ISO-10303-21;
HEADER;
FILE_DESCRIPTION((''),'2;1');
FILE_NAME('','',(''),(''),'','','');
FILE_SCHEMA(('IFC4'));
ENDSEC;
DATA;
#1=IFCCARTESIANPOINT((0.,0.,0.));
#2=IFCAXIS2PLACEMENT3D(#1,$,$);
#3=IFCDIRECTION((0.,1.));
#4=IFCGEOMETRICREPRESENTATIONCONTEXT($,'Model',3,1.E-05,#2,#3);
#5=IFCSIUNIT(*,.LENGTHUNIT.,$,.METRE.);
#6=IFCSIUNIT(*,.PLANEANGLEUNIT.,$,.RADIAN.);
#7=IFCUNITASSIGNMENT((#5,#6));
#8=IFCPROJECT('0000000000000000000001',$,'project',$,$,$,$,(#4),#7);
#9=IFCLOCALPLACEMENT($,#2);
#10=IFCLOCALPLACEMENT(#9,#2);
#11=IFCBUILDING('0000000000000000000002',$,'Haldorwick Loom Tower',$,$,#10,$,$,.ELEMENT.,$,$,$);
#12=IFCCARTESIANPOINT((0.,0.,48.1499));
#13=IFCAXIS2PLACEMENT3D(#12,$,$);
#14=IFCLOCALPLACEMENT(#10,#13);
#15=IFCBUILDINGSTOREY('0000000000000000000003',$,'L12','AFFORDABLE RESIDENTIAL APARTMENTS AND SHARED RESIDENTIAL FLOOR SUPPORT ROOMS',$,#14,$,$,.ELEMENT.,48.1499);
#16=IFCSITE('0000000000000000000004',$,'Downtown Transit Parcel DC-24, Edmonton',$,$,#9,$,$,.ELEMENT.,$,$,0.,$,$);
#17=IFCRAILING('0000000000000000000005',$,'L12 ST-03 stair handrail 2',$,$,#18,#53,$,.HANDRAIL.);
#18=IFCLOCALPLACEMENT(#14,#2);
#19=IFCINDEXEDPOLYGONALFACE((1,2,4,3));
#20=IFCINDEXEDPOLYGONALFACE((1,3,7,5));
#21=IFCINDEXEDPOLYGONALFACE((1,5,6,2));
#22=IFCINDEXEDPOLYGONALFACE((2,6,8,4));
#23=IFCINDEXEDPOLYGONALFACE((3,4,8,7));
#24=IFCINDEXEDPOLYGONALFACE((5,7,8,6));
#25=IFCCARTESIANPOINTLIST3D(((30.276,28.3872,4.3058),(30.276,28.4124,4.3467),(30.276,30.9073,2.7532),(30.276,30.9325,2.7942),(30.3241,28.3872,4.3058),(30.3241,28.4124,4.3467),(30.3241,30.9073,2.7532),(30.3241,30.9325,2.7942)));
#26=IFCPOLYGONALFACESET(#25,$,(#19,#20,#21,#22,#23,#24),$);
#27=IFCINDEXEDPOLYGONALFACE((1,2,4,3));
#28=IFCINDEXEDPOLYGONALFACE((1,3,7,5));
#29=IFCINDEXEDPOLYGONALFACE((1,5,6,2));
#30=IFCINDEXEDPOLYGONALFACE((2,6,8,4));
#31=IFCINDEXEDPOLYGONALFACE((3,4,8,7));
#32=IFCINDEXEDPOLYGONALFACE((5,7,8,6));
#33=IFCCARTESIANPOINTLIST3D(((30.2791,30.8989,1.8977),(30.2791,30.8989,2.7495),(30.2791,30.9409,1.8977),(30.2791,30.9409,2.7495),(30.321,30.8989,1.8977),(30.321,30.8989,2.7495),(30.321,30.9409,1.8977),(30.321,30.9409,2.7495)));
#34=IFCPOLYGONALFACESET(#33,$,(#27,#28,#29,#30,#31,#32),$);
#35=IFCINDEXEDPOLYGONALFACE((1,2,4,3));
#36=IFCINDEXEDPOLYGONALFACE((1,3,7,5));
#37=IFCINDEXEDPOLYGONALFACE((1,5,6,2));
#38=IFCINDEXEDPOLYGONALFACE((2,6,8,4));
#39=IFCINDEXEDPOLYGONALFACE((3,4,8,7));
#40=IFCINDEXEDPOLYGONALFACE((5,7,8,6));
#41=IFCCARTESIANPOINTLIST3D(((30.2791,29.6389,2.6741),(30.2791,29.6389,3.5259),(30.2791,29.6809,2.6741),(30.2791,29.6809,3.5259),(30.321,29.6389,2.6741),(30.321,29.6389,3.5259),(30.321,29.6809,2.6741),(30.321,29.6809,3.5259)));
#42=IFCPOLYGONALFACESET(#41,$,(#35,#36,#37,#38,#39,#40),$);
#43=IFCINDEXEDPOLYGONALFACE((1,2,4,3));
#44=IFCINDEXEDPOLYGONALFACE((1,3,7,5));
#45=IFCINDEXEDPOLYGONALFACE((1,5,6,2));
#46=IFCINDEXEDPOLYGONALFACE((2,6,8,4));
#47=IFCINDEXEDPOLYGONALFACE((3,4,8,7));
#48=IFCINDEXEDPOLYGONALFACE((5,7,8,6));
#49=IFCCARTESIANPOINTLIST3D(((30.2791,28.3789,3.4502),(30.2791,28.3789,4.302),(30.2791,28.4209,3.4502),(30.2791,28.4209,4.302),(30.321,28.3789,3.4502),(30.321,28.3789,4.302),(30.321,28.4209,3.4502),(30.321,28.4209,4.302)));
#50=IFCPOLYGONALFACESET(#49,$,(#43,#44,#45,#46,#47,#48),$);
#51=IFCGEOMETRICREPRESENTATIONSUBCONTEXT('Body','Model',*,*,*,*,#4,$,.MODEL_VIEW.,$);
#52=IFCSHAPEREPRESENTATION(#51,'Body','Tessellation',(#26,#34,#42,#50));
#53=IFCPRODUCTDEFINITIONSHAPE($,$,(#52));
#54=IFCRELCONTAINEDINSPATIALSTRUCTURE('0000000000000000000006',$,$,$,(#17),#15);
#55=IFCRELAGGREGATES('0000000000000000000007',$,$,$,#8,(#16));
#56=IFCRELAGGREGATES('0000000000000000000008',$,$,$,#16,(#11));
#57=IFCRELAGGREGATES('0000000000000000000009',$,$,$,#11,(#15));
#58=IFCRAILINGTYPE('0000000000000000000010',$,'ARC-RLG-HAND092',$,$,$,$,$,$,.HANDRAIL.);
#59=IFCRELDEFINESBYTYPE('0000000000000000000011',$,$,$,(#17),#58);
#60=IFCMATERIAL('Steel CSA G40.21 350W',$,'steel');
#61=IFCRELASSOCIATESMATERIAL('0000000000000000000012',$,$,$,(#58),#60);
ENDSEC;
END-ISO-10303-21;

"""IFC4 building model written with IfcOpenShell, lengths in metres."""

from ifc_helpers import new_model, si_unit, direction, frame, origin, origin_2d, place, context, subcontext, project, spatial, rectangle, extrude, material, type_object, element, save


model = new_model("IFC4")

# Units and contexts
model_context = context("Model", 3, precision=1e-05, world=origin(), true_north=direction((0.0, 1.0)))
body_context = subcontext(model_context, "Body", "Model", "MODEL_VIEW")
ifc_project = project(units=[si_unit("LENGTHUNIT", "METRE"), si_unit("PLANEANGLEUNIT", "RADIAN")], contexts=[model_context])

# Site, building, storey
site_placement = place(None, origin())
site = spatial("IfcSite", under=ifc_project, at=site_placement, Name="Downtown Transit Parcel DC-24, Edmonton", CompositionType="ELEMENT", RefElevation=0.0)
building_placement = place(site_placement, origin())
building = spatial("IfcBuilding", under=site, at=building_placement, Name="Haldorwick Loom Tower", CompositionType="ELEMENT")
storey_placement = place(building_placement, frame((0.0, 0.0, 48.1499)))
storey = spatial("IfcBuildingStorey", under=building, at=storey_placement, Name="L12", Description="AFFORDABLE RESIDENTIAL APARTMENTS AND SHARED RESIDENTIAL FLOOR SUPPORT ROOMS", CompositionType="ELEMENT", Elevation=48.1499)

# Shared definitions
ifc_material_1 = material(Name="Steel CSA G40.21 350W", Category="steel")

# Railing
railing_type_1 = type_object("IfcRailingType", Name="ARC-RLG-HAND092", PredefinedType="HANDRAIL", material=ifc_material_1)
railing_1_placement = place(storey_placement, frame((30.3, 30.9199, 1.8977)))
element("IfcRailing", 1, at=railing_1_placement, inside=storey, type_object=railing_type_1, Name="L12 ST-03 stair handrail 2", PredefinedType="HANDRAIL", context=body_context, shape_type="SweptSolid", body=[
    extrude(rectangle(XDim=0.0481, YDim=0.0481, at=origin_2d()), frame((0.0, 0.0, 0.876), z_axis=(0.0, -0.8514, 0.524516), x_axis=(1.0, 0.0, 0.0)), (0.0, 0.0, 1.0), 2.96),
    extrude(rectangle(XDim=0.042, YDim=0.042, at=origin_2d()), origin(), (0.0, 0.0, 1.0), 0.8518),
    extrude(rectangle(XDim=0.042, YDim=0.042, at=origin_2d()), frame((0.0, -1.26, 0.7764)), (0.0, 0.0, 1.0), 0.8518),
    extrude(rectangle(XDim=0.042, YDim=0.042, at=origin_2d()), frame((0.0, -2.52, 1.5525)), (0.0, 0.0, 1.0), 0.8518),
])

save(model, "model.ifc")
